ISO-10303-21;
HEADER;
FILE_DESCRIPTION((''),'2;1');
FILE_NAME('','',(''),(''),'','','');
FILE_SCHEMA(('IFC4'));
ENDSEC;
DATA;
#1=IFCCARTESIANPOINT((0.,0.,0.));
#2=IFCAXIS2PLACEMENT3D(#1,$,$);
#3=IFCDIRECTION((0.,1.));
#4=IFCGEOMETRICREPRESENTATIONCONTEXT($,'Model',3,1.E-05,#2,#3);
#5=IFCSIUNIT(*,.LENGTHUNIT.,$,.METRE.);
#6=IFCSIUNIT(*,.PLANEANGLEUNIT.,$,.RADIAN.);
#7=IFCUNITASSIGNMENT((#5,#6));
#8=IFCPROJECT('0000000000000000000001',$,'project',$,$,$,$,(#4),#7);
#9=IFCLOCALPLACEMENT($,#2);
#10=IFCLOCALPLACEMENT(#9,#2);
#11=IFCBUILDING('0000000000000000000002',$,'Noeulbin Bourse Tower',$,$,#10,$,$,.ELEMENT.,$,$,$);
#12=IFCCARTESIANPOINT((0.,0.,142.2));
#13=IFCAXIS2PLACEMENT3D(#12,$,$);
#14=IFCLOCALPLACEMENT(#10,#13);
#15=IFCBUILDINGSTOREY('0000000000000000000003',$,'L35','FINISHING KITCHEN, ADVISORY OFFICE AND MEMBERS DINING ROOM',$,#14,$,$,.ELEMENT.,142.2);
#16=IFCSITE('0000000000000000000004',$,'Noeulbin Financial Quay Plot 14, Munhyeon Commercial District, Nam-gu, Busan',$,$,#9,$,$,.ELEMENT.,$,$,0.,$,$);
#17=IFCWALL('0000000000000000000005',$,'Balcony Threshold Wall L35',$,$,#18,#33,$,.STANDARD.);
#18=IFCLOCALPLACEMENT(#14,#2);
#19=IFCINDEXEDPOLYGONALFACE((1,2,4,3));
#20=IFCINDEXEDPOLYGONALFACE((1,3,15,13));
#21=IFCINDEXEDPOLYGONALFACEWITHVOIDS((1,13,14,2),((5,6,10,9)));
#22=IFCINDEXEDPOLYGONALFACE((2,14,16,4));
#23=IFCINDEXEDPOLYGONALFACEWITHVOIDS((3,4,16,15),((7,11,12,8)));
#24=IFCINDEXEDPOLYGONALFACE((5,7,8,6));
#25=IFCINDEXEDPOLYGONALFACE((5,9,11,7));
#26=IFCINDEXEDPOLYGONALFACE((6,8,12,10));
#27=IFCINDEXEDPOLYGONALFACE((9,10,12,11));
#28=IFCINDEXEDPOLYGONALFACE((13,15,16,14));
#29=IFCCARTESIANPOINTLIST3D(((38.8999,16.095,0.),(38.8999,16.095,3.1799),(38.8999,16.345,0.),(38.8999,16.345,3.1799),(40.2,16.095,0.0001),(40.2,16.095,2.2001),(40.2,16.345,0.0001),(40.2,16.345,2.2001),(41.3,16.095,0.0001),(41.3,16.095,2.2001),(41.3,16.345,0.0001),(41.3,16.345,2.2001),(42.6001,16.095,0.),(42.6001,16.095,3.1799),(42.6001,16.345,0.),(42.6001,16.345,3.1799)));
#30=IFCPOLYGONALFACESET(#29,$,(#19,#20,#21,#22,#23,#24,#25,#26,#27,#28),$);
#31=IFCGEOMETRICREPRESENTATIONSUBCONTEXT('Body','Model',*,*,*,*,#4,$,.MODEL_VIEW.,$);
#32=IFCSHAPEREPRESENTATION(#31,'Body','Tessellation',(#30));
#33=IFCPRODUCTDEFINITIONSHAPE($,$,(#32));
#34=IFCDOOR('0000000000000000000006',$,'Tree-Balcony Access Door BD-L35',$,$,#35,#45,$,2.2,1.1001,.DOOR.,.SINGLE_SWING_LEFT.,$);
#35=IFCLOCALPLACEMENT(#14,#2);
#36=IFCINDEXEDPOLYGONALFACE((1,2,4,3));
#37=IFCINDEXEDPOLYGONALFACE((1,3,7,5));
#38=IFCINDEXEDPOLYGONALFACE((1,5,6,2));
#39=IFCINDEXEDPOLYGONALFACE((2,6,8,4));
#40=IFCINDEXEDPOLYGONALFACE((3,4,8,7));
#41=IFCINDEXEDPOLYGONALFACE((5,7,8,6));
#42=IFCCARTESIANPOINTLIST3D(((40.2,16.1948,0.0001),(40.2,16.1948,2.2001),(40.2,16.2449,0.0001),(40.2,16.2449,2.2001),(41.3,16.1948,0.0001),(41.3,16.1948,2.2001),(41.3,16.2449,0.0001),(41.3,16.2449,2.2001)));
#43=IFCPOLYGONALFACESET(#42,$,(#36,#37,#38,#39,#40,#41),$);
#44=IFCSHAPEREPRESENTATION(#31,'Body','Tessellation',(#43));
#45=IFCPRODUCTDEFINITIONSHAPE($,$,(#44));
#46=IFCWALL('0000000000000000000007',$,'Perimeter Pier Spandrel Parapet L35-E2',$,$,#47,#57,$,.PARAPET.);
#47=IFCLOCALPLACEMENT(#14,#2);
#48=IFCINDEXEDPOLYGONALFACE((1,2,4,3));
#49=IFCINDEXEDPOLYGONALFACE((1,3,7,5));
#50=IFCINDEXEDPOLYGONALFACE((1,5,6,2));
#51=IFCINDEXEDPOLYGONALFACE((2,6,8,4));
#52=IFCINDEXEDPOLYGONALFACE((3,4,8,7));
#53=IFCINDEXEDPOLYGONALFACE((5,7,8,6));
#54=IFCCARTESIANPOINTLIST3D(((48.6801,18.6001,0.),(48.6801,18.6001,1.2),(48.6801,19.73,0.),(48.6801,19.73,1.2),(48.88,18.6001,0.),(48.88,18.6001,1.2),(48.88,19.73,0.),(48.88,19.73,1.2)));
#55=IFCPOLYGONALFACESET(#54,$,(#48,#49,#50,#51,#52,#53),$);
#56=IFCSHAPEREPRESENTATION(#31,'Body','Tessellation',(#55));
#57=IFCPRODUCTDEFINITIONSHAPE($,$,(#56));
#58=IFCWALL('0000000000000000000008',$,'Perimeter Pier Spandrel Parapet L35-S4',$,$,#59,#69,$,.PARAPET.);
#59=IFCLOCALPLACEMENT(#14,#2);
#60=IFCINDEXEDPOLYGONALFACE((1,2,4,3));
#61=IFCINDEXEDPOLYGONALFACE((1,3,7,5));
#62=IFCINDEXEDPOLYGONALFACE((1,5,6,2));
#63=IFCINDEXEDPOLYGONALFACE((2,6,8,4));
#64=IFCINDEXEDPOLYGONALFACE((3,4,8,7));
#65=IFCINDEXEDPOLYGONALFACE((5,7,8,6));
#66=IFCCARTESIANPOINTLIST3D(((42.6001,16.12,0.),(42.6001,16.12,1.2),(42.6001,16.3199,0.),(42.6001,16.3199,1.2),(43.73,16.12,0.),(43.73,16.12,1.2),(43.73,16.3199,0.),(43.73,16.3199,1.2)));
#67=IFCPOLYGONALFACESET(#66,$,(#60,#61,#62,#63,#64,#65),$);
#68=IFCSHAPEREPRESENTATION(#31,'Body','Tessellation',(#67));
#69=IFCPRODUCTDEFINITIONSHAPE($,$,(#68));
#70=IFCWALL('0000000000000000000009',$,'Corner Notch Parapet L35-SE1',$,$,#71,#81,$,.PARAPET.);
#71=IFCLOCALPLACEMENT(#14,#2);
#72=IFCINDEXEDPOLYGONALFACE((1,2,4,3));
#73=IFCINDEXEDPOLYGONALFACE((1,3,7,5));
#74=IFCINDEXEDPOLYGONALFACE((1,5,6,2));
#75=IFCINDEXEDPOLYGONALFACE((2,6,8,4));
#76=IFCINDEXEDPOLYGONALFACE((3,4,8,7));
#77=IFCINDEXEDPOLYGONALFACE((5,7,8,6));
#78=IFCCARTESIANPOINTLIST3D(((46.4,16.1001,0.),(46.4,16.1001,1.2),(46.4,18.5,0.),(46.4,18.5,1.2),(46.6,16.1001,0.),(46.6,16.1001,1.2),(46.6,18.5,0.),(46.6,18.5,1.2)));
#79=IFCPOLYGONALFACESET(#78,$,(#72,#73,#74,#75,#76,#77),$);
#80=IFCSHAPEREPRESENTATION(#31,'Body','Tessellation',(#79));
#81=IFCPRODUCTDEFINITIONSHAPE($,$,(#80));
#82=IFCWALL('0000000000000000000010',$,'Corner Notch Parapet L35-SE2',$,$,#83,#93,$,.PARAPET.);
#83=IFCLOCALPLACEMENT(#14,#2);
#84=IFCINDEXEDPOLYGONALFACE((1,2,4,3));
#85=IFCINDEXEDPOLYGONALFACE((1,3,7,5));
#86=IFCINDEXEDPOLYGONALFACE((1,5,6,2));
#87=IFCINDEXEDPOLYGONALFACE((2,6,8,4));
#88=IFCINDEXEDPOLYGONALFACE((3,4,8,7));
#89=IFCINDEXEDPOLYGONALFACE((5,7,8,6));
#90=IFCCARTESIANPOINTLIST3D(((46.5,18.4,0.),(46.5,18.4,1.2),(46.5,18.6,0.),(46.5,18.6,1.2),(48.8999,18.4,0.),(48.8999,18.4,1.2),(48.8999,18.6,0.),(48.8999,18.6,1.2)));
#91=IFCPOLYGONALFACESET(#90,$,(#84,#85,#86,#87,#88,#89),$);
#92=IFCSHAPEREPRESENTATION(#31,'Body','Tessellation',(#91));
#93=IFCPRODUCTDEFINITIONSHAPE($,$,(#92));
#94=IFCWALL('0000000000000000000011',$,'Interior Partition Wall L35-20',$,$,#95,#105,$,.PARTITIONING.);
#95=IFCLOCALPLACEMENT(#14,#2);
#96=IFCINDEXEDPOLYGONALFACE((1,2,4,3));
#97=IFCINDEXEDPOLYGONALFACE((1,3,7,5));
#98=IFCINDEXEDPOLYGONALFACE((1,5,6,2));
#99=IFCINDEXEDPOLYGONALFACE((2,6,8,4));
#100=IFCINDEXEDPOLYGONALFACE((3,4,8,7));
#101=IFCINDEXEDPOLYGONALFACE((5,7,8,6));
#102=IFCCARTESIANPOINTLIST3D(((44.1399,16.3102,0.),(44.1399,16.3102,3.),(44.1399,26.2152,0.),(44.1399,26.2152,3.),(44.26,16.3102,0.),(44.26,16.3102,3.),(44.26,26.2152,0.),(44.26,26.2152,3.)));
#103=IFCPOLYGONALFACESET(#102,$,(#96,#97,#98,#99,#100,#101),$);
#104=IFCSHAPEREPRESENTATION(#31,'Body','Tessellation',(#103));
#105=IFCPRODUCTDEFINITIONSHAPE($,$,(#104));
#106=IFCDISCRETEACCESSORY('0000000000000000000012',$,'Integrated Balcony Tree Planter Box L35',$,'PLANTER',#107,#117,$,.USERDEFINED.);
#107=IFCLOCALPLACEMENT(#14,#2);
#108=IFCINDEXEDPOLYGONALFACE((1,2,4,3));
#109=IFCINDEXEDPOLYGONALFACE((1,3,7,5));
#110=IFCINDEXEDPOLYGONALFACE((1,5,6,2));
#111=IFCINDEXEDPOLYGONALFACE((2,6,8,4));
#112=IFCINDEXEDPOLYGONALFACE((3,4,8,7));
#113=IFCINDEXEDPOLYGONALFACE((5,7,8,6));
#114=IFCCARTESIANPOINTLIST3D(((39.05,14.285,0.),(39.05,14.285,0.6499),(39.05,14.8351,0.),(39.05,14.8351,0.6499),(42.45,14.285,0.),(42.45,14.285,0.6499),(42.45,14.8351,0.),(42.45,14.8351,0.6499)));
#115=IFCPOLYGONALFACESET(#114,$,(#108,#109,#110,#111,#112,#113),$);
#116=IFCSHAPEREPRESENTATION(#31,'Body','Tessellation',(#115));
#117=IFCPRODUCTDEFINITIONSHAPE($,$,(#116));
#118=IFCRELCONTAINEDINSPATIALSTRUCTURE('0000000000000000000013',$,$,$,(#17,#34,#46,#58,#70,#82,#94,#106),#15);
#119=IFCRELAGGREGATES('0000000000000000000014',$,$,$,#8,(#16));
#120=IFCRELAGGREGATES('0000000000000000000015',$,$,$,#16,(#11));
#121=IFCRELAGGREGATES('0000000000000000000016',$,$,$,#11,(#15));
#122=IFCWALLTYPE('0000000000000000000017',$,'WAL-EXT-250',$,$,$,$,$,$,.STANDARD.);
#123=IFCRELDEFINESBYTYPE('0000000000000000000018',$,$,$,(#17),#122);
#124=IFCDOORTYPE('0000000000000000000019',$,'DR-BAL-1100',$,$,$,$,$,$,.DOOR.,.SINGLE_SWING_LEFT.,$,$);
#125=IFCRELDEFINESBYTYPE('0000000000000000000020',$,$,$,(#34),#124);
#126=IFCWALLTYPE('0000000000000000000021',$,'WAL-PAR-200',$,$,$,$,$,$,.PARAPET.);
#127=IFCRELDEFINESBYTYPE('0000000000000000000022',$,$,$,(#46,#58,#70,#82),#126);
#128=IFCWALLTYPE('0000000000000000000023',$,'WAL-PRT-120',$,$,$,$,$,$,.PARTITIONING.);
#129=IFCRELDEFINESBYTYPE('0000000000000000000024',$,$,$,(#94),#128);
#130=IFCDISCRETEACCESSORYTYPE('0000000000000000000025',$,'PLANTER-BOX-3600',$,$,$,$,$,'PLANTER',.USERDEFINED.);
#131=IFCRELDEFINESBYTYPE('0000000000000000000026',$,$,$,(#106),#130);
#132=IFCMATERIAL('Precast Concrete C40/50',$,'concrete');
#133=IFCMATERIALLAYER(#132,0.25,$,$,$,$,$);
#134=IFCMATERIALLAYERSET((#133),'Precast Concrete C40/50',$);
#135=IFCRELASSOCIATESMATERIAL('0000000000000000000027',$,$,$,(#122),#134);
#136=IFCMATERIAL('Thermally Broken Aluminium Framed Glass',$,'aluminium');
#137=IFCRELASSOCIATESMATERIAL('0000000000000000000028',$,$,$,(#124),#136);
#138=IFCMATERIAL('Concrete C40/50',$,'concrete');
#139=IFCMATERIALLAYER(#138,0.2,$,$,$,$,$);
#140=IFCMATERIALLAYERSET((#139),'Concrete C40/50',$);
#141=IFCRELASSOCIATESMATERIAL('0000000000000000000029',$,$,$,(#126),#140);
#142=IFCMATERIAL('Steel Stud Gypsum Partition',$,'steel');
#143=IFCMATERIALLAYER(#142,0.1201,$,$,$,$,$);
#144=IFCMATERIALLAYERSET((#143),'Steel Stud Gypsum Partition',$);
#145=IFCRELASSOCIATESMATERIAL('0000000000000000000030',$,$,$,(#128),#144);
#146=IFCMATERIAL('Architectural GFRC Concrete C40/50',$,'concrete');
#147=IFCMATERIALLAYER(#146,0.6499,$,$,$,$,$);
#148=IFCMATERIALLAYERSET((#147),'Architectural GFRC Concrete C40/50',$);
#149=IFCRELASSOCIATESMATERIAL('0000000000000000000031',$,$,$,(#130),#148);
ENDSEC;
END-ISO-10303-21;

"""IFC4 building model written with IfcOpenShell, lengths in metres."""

from ifc_helpers import new_model, si_unit, direction, frame, frame_2d, origin, origin_2d, place, context, subcontext, project, spatial, rectangle, extrude, material, layer, layer_set, type_object, element, fill, save


model = new_model("IFC4")

# Units and contexts
model_context = context("Model", 3, precision=1e-05, world=origin(), true_north=direction((0.0, 1.0)))
body_context = subcontext(model_context, "Body", "Model", "MODEL_VIEW")
ifc_project = project(units=[si_unit("LENGTHUNIT", "METRE"), si_unit("PLANEANGLEUNIT", "RADIAN")], contexts=[model_context])

# Site, building, storey
site_placement = place(None, origin())
site = spatial("IfcSite", under=ifc_project, at=site_placement, Name="Noeulbin Financial Quay Plot 14, Munhyeon Commercial District, Nam-gu, Busan", CompositionType="ELEMENT", RefElevation=0.0)
building_placement = place(site_placement, origin())
building = spatial("IfcBuilding", under=site, at=building_placement, Name="Noeulbin Bourse Tower", CompositionType="ELEMENT")
storey_placement = place(building_placement, frame((0.0, 0.0, 142.2)))
storey = spatial("IfcBuildingStorey", under=building, at=storey_placement, Name="L35", Description="FINISHING KITCHEN, ADVISORY OFFICE AND MEMBERS DINING ROOM", CompositionType="ELEMENT", Elevation=142.2)

# Wall, opening, door
ifc_material_1 = material(Name="Precast Concrete C40/50", Category="concrete")
ifc_layer_1 = layer(ifc_material_1, 0.25)
ifc_layer_set_1 = layer_set([ifc_layer_1], Name="Precast Concrete C40/50")
wall_type_1 = type_object("IfcWallType", Name="WAL-EXT-250", PredefinedType="STANDARD", material=ifc_layer_set_1)
wall_1_placement = place(storey_placement, frame((38.8999, 16.22, 0.0), z_axis=(0.0, 0.0, 1.0), x_axis=(1.0, 0.0, 0.0)))
wall_1 = element("IfcWall", 1, at=wall_1_placement, inside=storey, type_object=wall_type_1, Name="Balcony Threshold Wall L35", PredefinedType="STANDARD", context=body_context, shape_type="SweptSolid", body=[
    extrude(rectangle(XDim=3.7002, YDim=0.25, at=frame_2d((1.8501, 0.0))), origin(), (0.0, 0.0, 1.0), 3.1799),
])
opening_placement = place(wall_1_placement, frame((1.3, 0.0, 0.0)))
opening = element("IfcOpeningElement", 2, at=opening_placement, cuts=wall_1, PredefinedType="OPENING", context=body_context, shape_type="SweptSolid", body=[
    extrude(rectangle(XDim=1.1001, YDim=2.2, at=frame_2d((0.55, 1.1001))), frame((0.0, 0.135, 0.0), z_axis=(0.0, -1.0, 0.0), x_axis=(1.0, 0.0, 0.0)), (0.0, 0.0, 1.0), 0.27),
])
ifc_material_2 = material(Name="Thermally Broken Aluminium Framed Glass", Category="aluminium")
door_type = type_object("IfcDoorType", Name="DR-BAL-1100", OperationType="SINGLE_SWING_LEFT", PredefinedType="DOOR", material=ifc_material_2)
door_placement = place(opening_placement, origin())
door = element("IfcDoor", 3, at=door_placement, inside=storey, type_object=door_type, Name="Tree-Balcony Access Door BD-L35", OperationType="SINGLE_SWING_LEFT", OverallHeight=2.2, OverallWidth=1.1001, PredefinedType="DOOR", context=body_context, shape_type="SweptSolid", body=[
    extrude(rectangle(XDim=1.1001, YDim=2.2, at=frame_2d((0.55, 1.1001))), frame((0.0, 0.0249, 0.0), z_axis=(0.0, -1.0, 0.0), x_axis=(1.0, 0.0, 0.0)), (0.0, 0.0, 1.0), 0.05),
])
fill(opening, door)

# Walls
ifc_material_3 = material(Name="Concrete C40/50", Category="concrete")
ifc_layer_2 = layer(ifc_material_3, 0.2)
ifc_layer_set_2 = layer_set([ifc_layer_2], Name="Concrete C40/50")
wall_type_2 = type_object("IfcWallType", Name="WAL-PAR-200", PredefinedType="PARAPET", material=ifc_layer_set_2)
for number, where, z_axis, x_axis, name in (
    (4, (48.78, 18.6001, 0.0), (0.0, 0.0, 1.0), (0.0, 1.0, 0.0), "Perimeter Pier Spandrel Parapet L35-E2"),
    (5, (42.6001, 16.22, 0.0), (0.0, 0.0, 1.0), (1.0, 0.0, 0.0), "Perimeter Pier Spandrel Parapet L35-S4"),
):
    element("IfcWall", number, at=place(storey_placement, frame(where, z_axis=z_axis, x_axis=x_axis)), inside=storey, type_object=wall_type_2, Name=name, PredefinedType="PARAPET", context=body_context, shape_type="SweptSolid", body=[
        extrude(rectangle(XDim=1.1299, YDim=0.2, at=frame_2d((0.5649, 0.0))), origin(), (0.0, 0.0, 1.0), 1.2),
    ])
for number, where, z_axis, x_axis, name in (
    (6, (46.5, 16.1001, 0.0), (0.0, 0.0, 1.0), (0.0, 1.0, 0.0), "Corner Notch Parapet L35-SE1"),
    (7, (46.5, 18.5, 0.0), (0.0, 0.0, 1.0), (1.0, 0.0, 0.0), "Corner Notch Parapet L35-SE2"),
):
    element("IfcWall", number, at=place(storey_placement, frame(where, z_axis=z_axis, x_axis=x_axis)), inside=storey, type_object=wall_type_2, Name=name, PredefinedType="PARAPET", context=body_context, shape_type="SweptSolid", body=[
        extrude(rectangle(XDim=2.3999, YDim=0.2, at=frame_2d((1.2, 0.0))), origin(), (0.0, 0.0, 1.0), 1.2),
    ])
ifc_material_4 = material(Name="Steel Stud Gypsum Partition", Category="steel")
ifc_layer_3 = layer(ifc_material_4, 0.1201)
ifc_layer_set_3 = layer_set([ifc_layer_3], Name="Steel Stud Gypsum Partition")
wall_type_3 = type_object("IfcWallType", Name="WAL-PRT-120", PredefinedType="PARTITIONING", material=ifc_layer_set_3)
wall_2_placement = place(storey_placement, frame((44.2, 16.3101, 0.0), z_axis=(0.0, 0.0, 1.0), x_axis=(0.0, 1.0, 0.0)))
element("IfcWall", 8, at=wall_2_placement, inside=storey, type_object=wall_type_3, Name="Interior Partition Wall L35-20", PredefinedType="PARTITIONING", context=body_context, shape_type="SweptSolid", body=[
    extrude(rectangle(XDim=9.905, YDim=0.1201, at=frame_2d((4.9526, 0.0))), origin(), (0.0, 0.0, 1.0), 3.0),
])

# Discrete accessory
ifc_material_5 = material(Name="Architectural GFRC Concrete C40/50", Category="concrete")
ifc_layer_4 = layer(ifc_material_5, 0.6499)
ifc_layer_set_4 = layer_set([ifc_layer_4], Name="Architectural GFRC Concrete C40/50")
discrete_accessory_type = type_object("IfcDiscreteAccessoryType", Name="PLANTER-BOX-3600", ElementType="PLANTER", PredefinedType="USERDEFINED", material=ifc_layer_set_4)
discrete_accessory_placement = place(storey_placement, frame((40.75, 14.5601, 0.0), z_axis=(0.0, 0.0, 1.0), x_axis=(1.0, 0.0, 0.0)))
element("IfcDiscreteAccessory", 9, at=discrete_accessory_placement, inside=storey, type_object=discrete_accessory_type, Name="Integrated Balcony Tree Planter Box L35", ObjectType="PLANTER", PredefinedType="USERDEFINED", context=body_context, shape_type="SweptSolid", body=[
    extrude(rectangle(XDim=3.3999, YDim=0.55, at=origin_2d()), origin(), (0.0, 0.0, 1.0), 0.6499),
])

save(model, "model.ifc")
